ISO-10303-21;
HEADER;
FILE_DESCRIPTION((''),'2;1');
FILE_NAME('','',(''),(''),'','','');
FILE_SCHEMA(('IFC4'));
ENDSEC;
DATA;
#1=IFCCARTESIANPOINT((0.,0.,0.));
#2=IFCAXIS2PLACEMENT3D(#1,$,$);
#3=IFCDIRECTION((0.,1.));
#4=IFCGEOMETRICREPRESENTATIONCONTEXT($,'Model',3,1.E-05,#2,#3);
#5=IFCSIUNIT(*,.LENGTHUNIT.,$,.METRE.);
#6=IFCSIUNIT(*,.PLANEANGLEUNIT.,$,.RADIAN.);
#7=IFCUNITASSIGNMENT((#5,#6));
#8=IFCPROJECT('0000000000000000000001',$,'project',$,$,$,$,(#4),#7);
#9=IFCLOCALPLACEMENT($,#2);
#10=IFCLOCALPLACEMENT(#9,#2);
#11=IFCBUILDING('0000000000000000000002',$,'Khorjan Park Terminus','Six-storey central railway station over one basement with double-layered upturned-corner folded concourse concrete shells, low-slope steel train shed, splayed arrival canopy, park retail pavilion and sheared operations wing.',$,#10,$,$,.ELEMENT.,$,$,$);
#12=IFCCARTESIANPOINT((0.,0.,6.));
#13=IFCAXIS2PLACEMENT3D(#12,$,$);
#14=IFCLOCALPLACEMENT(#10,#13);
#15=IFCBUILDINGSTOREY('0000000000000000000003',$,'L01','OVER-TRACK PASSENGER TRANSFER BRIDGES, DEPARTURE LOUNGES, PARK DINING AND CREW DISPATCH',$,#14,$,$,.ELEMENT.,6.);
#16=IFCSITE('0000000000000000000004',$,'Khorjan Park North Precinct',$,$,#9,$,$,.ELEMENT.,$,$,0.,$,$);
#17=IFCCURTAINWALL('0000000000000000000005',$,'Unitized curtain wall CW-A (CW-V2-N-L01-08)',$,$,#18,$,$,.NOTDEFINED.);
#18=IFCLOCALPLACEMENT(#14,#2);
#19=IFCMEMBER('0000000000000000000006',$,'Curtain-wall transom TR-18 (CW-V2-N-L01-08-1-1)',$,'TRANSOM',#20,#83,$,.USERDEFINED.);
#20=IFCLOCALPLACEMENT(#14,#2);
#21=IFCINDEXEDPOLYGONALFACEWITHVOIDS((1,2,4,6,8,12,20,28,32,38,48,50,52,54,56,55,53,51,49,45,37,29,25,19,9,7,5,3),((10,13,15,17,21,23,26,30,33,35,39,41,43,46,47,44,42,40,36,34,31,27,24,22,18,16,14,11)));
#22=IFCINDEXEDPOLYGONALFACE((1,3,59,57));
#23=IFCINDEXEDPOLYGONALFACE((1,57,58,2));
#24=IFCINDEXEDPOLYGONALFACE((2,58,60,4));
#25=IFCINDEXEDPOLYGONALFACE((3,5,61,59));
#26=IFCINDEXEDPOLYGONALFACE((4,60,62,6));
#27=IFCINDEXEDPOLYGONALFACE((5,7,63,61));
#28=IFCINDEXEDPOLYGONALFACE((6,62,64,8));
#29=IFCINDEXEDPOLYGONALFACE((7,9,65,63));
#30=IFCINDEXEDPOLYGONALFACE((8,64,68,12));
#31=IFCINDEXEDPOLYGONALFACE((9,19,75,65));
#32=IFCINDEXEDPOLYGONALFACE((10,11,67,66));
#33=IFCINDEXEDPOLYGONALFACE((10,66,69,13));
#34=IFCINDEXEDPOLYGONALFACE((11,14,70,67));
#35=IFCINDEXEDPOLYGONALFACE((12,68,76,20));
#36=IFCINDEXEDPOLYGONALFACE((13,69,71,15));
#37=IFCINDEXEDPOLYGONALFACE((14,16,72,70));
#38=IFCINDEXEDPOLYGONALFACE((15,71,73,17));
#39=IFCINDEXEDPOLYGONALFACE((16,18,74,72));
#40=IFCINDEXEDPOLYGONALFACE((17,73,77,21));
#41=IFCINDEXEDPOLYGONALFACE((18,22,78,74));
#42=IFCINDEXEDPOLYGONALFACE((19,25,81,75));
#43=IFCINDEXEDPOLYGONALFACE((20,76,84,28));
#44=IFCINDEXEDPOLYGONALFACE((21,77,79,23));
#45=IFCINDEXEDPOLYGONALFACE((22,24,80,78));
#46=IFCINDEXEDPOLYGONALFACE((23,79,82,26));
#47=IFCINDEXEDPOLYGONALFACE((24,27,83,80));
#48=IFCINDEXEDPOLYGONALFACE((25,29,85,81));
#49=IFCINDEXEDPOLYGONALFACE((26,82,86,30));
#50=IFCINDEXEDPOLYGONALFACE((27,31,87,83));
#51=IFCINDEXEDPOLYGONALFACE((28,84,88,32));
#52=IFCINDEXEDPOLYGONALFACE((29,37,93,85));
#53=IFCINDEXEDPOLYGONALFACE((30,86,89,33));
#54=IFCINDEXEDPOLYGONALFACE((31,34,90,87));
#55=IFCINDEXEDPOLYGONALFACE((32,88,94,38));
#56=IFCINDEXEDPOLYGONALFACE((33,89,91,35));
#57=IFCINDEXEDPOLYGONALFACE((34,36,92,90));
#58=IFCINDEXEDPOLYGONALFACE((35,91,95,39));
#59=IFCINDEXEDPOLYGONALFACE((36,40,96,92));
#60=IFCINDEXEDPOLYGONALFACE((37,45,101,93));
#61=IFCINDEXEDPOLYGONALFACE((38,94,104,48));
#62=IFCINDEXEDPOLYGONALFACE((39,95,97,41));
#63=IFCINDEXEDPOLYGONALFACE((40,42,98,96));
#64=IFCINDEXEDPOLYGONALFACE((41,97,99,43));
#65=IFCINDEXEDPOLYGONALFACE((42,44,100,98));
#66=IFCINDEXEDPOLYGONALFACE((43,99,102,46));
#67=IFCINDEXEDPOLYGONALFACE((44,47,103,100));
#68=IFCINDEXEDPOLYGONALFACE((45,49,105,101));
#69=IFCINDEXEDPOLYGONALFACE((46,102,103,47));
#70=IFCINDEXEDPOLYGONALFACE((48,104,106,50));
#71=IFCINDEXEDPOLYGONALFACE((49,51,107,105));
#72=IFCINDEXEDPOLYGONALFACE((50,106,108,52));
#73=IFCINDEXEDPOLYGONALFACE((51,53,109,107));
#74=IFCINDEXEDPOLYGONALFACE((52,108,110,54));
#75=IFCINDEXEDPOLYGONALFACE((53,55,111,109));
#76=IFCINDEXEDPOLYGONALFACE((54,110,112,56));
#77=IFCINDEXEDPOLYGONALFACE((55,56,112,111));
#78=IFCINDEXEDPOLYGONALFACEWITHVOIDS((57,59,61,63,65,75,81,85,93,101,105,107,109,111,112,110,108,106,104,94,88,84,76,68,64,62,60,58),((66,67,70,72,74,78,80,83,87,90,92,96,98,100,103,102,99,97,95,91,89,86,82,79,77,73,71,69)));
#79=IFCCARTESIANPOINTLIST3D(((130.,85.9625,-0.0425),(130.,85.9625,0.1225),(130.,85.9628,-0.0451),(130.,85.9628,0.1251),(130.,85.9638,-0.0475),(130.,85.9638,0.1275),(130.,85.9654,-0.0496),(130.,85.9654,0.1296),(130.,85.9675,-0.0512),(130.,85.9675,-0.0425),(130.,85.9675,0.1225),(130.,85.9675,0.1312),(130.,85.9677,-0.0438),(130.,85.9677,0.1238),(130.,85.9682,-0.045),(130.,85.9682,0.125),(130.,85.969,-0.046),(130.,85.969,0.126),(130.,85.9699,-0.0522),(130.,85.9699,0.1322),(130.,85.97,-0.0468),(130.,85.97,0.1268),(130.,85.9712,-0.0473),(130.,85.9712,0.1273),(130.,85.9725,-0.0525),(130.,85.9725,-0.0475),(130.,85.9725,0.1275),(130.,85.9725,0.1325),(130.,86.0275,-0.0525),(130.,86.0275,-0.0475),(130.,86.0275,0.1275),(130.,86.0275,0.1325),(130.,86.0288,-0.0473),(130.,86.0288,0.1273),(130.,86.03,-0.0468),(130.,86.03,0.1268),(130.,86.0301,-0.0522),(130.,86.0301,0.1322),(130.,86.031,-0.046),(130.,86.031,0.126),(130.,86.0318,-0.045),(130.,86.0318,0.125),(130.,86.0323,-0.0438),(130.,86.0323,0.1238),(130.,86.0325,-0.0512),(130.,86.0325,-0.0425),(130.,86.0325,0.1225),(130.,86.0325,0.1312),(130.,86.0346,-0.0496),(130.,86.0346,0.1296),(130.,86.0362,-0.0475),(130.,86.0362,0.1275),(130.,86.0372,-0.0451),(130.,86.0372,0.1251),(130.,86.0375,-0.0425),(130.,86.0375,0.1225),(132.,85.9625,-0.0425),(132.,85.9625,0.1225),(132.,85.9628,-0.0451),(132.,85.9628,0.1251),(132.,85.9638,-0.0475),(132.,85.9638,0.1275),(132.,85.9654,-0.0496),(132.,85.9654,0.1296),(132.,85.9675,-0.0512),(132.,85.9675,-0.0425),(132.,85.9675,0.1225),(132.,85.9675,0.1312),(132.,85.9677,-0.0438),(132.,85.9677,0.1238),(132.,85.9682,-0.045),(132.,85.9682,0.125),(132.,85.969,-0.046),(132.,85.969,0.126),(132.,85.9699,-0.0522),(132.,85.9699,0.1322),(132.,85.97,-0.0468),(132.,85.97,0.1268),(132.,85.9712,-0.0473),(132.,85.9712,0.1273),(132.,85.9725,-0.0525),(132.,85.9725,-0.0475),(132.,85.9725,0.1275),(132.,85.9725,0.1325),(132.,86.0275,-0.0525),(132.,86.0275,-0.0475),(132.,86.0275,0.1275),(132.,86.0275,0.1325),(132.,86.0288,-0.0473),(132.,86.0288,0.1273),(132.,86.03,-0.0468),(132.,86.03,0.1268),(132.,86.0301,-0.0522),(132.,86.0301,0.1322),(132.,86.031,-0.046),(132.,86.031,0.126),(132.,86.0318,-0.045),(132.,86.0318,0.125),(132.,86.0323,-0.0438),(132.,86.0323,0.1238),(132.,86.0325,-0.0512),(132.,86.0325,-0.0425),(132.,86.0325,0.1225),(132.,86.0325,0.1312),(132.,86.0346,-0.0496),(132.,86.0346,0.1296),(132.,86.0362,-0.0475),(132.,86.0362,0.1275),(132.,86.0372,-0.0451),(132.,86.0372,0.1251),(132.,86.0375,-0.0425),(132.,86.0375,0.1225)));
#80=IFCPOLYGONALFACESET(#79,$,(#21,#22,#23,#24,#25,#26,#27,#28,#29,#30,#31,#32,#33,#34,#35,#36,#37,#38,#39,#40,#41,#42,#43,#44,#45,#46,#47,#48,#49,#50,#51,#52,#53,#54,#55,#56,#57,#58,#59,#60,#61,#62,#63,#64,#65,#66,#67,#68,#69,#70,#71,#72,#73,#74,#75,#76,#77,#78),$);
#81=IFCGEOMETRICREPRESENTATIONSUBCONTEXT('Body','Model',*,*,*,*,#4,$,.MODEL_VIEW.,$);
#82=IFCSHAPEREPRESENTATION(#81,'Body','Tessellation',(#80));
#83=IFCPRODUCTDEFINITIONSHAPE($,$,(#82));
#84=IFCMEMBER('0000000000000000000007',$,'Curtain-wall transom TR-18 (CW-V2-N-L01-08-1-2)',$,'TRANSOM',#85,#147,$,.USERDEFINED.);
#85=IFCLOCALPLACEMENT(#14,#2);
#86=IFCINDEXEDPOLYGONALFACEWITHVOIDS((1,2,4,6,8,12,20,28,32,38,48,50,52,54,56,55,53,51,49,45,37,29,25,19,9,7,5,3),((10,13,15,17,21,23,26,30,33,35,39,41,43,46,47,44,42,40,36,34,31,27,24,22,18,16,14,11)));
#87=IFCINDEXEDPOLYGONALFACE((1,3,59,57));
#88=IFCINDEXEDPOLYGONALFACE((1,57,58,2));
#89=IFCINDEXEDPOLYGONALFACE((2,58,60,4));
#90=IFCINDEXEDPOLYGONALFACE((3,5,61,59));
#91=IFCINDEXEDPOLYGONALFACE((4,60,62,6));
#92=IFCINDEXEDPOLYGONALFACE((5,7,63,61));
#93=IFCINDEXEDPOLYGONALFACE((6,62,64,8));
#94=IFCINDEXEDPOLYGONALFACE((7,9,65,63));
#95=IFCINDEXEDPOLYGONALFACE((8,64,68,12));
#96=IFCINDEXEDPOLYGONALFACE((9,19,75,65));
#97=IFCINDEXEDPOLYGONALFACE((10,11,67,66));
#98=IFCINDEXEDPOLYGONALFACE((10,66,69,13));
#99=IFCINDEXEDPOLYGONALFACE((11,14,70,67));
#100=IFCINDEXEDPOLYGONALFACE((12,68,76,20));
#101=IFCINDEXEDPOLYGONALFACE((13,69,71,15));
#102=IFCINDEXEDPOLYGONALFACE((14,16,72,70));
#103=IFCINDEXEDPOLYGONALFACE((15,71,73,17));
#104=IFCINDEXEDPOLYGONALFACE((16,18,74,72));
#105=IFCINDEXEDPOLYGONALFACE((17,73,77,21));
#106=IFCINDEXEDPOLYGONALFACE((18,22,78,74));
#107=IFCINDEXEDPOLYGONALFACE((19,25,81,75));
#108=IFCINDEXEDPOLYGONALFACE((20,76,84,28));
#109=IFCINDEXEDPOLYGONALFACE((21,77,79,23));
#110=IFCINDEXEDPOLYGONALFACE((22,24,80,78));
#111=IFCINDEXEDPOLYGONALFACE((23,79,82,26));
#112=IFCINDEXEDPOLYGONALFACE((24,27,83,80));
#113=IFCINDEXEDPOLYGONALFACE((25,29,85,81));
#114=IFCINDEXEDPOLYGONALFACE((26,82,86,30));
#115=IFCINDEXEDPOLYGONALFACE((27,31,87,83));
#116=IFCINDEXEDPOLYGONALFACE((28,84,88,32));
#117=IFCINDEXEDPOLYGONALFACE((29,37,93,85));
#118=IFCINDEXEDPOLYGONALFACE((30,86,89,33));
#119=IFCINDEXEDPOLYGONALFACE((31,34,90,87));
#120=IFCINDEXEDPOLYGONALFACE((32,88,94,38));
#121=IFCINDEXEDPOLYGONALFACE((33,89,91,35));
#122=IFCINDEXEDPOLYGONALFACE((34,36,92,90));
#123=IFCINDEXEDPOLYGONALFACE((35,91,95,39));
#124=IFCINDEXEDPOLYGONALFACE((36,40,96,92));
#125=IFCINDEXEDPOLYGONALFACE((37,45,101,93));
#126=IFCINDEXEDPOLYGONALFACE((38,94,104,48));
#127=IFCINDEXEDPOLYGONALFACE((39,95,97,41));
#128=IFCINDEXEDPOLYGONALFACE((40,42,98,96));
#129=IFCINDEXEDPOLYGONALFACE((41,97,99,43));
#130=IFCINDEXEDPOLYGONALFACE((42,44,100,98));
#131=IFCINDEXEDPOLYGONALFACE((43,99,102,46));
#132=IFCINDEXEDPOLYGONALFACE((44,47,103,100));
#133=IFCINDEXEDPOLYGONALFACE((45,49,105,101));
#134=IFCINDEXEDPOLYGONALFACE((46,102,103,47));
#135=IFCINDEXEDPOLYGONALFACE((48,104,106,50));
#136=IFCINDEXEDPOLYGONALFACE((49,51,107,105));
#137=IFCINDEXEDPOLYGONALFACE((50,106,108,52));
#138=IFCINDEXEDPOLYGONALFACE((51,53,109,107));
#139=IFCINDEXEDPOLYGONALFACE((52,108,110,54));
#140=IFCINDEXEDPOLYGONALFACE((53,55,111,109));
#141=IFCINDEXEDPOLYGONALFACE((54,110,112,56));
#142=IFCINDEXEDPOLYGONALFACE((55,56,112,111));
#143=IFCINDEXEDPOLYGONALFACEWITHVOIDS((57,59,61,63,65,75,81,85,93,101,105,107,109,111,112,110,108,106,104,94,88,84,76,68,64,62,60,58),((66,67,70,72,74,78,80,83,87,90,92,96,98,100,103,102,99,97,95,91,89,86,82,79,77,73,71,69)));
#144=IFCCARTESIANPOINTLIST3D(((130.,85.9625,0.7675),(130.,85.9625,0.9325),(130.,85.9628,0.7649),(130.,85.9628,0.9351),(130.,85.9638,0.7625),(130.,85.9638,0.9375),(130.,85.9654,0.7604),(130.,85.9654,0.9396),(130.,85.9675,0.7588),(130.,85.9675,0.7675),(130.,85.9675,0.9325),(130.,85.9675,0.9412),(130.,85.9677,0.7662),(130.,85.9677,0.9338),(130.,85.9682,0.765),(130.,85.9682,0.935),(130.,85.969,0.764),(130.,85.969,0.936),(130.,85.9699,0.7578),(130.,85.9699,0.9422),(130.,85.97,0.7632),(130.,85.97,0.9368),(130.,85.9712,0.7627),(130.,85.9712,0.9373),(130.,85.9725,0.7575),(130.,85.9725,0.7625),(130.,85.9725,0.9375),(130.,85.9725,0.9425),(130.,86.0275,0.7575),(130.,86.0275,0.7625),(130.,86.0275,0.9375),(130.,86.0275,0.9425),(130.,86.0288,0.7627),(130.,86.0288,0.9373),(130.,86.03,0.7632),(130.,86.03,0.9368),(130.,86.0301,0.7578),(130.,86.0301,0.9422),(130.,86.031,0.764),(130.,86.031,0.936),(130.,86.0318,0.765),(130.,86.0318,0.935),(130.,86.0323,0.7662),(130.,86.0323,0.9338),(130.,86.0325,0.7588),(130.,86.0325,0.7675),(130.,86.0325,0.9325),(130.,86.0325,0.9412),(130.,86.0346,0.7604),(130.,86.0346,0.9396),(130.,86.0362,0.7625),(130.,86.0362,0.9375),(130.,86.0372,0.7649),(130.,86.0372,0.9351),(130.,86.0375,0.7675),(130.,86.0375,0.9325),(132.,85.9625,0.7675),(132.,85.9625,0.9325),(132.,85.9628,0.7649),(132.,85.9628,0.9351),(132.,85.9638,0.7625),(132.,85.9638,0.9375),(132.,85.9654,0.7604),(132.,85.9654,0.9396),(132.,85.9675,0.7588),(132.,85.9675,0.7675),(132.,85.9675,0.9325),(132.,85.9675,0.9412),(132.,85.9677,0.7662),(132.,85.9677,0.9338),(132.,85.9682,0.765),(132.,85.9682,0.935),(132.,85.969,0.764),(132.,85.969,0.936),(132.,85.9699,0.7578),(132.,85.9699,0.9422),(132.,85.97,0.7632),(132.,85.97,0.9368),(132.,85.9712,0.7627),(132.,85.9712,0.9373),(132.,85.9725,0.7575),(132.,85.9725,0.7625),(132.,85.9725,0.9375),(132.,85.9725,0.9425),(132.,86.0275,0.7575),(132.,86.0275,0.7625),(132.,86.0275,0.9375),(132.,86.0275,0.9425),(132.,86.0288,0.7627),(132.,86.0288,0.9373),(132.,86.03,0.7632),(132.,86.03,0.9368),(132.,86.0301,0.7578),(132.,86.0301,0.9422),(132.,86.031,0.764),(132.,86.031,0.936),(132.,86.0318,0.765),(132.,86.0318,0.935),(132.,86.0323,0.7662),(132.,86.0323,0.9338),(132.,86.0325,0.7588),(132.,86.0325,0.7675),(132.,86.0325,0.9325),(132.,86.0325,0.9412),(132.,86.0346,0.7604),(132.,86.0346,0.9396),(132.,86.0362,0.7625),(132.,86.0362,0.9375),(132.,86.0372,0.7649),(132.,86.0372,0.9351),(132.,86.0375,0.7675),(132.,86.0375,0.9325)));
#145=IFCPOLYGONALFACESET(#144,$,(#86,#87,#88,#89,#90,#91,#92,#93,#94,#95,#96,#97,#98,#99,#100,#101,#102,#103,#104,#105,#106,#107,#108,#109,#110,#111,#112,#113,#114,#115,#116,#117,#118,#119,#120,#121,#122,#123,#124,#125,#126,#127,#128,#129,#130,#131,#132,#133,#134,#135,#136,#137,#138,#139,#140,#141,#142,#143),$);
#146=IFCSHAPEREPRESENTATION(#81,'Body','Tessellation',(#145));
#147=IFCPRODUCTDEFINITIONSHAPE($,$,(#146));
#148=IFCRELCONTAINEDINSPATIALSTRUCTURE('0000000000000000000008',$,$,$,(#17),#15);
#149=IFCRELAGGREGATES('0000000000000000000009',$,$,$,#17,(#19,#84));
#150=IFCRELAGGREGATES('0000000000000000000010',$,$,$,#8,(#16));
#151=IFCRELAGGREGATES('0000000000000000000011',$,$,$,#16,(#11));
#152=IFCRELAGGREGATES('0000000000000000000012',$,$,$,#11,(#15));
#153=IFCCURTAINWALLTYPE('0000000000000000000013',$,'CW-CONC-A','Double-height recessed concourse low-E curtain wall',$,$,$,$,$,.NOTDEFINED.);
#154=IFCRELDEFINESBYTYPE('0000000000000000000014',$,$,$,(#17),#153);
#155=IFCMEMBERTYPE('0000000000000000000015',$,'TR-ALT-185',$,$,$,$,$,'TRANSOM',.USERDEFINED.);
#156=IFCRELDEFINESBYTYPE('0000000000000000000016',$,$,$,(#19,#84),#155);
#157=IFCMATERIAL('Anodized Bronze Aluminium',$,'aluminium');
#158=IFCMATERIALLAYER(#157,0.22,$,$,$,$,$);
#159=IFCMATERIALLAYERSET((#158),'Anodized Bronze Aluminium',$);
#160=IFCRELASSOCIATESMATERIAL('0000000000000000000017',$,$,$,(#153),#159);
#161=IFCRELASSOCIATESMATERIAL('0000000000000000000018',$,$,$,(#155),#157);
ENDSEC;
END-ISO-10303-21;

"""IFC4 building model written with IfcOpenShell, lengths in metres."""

from ifc_helpers import new_model, si_unit, direction, frame, origin, origin_2d, place, context, subcontext, project, spatial, hollow_rectangle, extrude, material, layer, layer_set, material_profile, profile_set, type_object, element, aggregate, save


model = new_model("IFC4")

# Units and contexts
model_context = context("Model", 3, precision=1e-05, world=origin(), true_north=direction((0.0, 1.0)))
body_context = subcontext(model_context, "Body", "Model", "MODEL_VIEW")
ifc_project = project(units=[si_unit("LENGTHUNIT", "METRE"), si_unit("PLANEANGLEUNIT", "RADIAN")], contexts=[model_context])

# Site, building, storey
site_placement = place(None, origin())
site = spatial("IfcSite", under=ifc_project, at=site_placement, Name="Khorjan Park North Precinct", CompositionType="ELEMENT", RefElevation=0.0)
building_placement = place(site_placement, origin())
building = spatial("IfcBuilding", under=site, at=building_placement, Name="Khorjan Park Terminus", Description="Six-storey central railway station over one basement with double-layered upturned-corner folded concourse concrete shells, low-slope steel train shed, splayed arrival canopy, park retail pavilion and sheared operations wing.", CompositionType="ELEMENT")
storey_placement = place(building_placement, frame((0.0, 0.0, 6.0)))
storey = spatial("IfcBuildingStorey", under=building, at=storey_placement, Name="L01", Description="OVER-TRACK PASSENGER TRANSFER BRIDGES, DEPARTURE LOUNGES, PARK DINING AND CREW DISPATCH", CompositionType="ELEMENT", Elevation=6.0)

# Curtain wall
ifc_material_1 = material(Name="Anodized Bronze Aluminium", Category="aluminium")
ifc_layer_1 = layer(ifc_material_1, 0.22)
ifc_layer_set_1 = layer_set([ifc_layer_1], Name="Anodized Bronze Aluminium")
curtain_wall_type = type_object("IfcCurtainWallType", Name="CW-CONC-A", Description="Double-height recessed concourse low-E curtain wall", PredefinedType="NOTDEFINED", material=ifc_layer_set_1)
curtain_wall_1_placement = place(storey_placement, origin())
curtain_wall_1 = element("IfcCurtainWall", 1, at=curtain_wall_1_placement, inside=storey, type_object=curtain_wall_type, Name="Unitized curtain wall CW-A (CW-V2-N-L01-08)", PredefinedType="NOTDEFINED")

# Members
ifc_material_profile_1 = material_profile(ifc_material_1, hollow_rectangle(XDim=0.075, YDim=0.185, WallThickness=0.005, InnerFilletRadius=0.005, OuterFilletRadius=0.01, at=origin_2d()), Name="ALT 75x185x5")
ifc_profile_set_1 = profile_set([ifc_material_profile_1], Name="Anodized Bronze Aluminium")
member_type_1 = type_object("IfcMemberType", Name="TR-ALT-185", ElementType="TRANSOM", PredefinedType="USERDEFINED", material=ifc_profile_set_1)
member_1_placement = place(storey_placement, frame((132.0, 86.0, 0.04), z_axis=(-1.0, 0.0, 0.0), x_axis=(0.0, -1.0, 0.0)))
member_1 = element("IfcMember", 2, at=member_1_placement, type_object=member_type_1, Name="Curtain-wall transom TR-18 (CW-V2-N-L01-08-1-1)", ObjectType="TRANSOM", PredefinedType="USERDEFINED", context=body_context, shape_type="SweptSolid", body=[
    extrude(hollow_rectangle(XDim=0.075, YDim=0.185, WallThickness=0.005, InnerFilletRadius=0.005, OuterFilletRadius=0.01, at=origin_2d()), origin(), (0.0, 0.0, 1.0), 2.0),
])
member_2_placement = place(storey_placement, frame((132.0, 86.0, 0.85), z_axis=(-1.0, 0.0, 0.0), x_axis=(0.0, -1.0, 0.0)))
member_2 = element("IfcMember", 3, at=member_2_placement, type_object=member_type_1, Name="Curtain-wall transom TR-18 (CW-V2-N-L01-08-1-2)", ObjectType="TRANSOM", PredefinedType="USERDEFINED", context=body_context, shape_type="SweptSolid", body=[
    extrude(hollow_rectangle(XDim=0.075, YDim=0.185, WallThickness=0.005, InnerFilletRadius=0.005, OuterFilletRadius=0.01, at=origin_2d()), origin(), (0.0, 0.0, 1.0), 2.0),
])

aggregate(curtain_wall_1, [member_1, member_2])

save(model, "model.ifc")
